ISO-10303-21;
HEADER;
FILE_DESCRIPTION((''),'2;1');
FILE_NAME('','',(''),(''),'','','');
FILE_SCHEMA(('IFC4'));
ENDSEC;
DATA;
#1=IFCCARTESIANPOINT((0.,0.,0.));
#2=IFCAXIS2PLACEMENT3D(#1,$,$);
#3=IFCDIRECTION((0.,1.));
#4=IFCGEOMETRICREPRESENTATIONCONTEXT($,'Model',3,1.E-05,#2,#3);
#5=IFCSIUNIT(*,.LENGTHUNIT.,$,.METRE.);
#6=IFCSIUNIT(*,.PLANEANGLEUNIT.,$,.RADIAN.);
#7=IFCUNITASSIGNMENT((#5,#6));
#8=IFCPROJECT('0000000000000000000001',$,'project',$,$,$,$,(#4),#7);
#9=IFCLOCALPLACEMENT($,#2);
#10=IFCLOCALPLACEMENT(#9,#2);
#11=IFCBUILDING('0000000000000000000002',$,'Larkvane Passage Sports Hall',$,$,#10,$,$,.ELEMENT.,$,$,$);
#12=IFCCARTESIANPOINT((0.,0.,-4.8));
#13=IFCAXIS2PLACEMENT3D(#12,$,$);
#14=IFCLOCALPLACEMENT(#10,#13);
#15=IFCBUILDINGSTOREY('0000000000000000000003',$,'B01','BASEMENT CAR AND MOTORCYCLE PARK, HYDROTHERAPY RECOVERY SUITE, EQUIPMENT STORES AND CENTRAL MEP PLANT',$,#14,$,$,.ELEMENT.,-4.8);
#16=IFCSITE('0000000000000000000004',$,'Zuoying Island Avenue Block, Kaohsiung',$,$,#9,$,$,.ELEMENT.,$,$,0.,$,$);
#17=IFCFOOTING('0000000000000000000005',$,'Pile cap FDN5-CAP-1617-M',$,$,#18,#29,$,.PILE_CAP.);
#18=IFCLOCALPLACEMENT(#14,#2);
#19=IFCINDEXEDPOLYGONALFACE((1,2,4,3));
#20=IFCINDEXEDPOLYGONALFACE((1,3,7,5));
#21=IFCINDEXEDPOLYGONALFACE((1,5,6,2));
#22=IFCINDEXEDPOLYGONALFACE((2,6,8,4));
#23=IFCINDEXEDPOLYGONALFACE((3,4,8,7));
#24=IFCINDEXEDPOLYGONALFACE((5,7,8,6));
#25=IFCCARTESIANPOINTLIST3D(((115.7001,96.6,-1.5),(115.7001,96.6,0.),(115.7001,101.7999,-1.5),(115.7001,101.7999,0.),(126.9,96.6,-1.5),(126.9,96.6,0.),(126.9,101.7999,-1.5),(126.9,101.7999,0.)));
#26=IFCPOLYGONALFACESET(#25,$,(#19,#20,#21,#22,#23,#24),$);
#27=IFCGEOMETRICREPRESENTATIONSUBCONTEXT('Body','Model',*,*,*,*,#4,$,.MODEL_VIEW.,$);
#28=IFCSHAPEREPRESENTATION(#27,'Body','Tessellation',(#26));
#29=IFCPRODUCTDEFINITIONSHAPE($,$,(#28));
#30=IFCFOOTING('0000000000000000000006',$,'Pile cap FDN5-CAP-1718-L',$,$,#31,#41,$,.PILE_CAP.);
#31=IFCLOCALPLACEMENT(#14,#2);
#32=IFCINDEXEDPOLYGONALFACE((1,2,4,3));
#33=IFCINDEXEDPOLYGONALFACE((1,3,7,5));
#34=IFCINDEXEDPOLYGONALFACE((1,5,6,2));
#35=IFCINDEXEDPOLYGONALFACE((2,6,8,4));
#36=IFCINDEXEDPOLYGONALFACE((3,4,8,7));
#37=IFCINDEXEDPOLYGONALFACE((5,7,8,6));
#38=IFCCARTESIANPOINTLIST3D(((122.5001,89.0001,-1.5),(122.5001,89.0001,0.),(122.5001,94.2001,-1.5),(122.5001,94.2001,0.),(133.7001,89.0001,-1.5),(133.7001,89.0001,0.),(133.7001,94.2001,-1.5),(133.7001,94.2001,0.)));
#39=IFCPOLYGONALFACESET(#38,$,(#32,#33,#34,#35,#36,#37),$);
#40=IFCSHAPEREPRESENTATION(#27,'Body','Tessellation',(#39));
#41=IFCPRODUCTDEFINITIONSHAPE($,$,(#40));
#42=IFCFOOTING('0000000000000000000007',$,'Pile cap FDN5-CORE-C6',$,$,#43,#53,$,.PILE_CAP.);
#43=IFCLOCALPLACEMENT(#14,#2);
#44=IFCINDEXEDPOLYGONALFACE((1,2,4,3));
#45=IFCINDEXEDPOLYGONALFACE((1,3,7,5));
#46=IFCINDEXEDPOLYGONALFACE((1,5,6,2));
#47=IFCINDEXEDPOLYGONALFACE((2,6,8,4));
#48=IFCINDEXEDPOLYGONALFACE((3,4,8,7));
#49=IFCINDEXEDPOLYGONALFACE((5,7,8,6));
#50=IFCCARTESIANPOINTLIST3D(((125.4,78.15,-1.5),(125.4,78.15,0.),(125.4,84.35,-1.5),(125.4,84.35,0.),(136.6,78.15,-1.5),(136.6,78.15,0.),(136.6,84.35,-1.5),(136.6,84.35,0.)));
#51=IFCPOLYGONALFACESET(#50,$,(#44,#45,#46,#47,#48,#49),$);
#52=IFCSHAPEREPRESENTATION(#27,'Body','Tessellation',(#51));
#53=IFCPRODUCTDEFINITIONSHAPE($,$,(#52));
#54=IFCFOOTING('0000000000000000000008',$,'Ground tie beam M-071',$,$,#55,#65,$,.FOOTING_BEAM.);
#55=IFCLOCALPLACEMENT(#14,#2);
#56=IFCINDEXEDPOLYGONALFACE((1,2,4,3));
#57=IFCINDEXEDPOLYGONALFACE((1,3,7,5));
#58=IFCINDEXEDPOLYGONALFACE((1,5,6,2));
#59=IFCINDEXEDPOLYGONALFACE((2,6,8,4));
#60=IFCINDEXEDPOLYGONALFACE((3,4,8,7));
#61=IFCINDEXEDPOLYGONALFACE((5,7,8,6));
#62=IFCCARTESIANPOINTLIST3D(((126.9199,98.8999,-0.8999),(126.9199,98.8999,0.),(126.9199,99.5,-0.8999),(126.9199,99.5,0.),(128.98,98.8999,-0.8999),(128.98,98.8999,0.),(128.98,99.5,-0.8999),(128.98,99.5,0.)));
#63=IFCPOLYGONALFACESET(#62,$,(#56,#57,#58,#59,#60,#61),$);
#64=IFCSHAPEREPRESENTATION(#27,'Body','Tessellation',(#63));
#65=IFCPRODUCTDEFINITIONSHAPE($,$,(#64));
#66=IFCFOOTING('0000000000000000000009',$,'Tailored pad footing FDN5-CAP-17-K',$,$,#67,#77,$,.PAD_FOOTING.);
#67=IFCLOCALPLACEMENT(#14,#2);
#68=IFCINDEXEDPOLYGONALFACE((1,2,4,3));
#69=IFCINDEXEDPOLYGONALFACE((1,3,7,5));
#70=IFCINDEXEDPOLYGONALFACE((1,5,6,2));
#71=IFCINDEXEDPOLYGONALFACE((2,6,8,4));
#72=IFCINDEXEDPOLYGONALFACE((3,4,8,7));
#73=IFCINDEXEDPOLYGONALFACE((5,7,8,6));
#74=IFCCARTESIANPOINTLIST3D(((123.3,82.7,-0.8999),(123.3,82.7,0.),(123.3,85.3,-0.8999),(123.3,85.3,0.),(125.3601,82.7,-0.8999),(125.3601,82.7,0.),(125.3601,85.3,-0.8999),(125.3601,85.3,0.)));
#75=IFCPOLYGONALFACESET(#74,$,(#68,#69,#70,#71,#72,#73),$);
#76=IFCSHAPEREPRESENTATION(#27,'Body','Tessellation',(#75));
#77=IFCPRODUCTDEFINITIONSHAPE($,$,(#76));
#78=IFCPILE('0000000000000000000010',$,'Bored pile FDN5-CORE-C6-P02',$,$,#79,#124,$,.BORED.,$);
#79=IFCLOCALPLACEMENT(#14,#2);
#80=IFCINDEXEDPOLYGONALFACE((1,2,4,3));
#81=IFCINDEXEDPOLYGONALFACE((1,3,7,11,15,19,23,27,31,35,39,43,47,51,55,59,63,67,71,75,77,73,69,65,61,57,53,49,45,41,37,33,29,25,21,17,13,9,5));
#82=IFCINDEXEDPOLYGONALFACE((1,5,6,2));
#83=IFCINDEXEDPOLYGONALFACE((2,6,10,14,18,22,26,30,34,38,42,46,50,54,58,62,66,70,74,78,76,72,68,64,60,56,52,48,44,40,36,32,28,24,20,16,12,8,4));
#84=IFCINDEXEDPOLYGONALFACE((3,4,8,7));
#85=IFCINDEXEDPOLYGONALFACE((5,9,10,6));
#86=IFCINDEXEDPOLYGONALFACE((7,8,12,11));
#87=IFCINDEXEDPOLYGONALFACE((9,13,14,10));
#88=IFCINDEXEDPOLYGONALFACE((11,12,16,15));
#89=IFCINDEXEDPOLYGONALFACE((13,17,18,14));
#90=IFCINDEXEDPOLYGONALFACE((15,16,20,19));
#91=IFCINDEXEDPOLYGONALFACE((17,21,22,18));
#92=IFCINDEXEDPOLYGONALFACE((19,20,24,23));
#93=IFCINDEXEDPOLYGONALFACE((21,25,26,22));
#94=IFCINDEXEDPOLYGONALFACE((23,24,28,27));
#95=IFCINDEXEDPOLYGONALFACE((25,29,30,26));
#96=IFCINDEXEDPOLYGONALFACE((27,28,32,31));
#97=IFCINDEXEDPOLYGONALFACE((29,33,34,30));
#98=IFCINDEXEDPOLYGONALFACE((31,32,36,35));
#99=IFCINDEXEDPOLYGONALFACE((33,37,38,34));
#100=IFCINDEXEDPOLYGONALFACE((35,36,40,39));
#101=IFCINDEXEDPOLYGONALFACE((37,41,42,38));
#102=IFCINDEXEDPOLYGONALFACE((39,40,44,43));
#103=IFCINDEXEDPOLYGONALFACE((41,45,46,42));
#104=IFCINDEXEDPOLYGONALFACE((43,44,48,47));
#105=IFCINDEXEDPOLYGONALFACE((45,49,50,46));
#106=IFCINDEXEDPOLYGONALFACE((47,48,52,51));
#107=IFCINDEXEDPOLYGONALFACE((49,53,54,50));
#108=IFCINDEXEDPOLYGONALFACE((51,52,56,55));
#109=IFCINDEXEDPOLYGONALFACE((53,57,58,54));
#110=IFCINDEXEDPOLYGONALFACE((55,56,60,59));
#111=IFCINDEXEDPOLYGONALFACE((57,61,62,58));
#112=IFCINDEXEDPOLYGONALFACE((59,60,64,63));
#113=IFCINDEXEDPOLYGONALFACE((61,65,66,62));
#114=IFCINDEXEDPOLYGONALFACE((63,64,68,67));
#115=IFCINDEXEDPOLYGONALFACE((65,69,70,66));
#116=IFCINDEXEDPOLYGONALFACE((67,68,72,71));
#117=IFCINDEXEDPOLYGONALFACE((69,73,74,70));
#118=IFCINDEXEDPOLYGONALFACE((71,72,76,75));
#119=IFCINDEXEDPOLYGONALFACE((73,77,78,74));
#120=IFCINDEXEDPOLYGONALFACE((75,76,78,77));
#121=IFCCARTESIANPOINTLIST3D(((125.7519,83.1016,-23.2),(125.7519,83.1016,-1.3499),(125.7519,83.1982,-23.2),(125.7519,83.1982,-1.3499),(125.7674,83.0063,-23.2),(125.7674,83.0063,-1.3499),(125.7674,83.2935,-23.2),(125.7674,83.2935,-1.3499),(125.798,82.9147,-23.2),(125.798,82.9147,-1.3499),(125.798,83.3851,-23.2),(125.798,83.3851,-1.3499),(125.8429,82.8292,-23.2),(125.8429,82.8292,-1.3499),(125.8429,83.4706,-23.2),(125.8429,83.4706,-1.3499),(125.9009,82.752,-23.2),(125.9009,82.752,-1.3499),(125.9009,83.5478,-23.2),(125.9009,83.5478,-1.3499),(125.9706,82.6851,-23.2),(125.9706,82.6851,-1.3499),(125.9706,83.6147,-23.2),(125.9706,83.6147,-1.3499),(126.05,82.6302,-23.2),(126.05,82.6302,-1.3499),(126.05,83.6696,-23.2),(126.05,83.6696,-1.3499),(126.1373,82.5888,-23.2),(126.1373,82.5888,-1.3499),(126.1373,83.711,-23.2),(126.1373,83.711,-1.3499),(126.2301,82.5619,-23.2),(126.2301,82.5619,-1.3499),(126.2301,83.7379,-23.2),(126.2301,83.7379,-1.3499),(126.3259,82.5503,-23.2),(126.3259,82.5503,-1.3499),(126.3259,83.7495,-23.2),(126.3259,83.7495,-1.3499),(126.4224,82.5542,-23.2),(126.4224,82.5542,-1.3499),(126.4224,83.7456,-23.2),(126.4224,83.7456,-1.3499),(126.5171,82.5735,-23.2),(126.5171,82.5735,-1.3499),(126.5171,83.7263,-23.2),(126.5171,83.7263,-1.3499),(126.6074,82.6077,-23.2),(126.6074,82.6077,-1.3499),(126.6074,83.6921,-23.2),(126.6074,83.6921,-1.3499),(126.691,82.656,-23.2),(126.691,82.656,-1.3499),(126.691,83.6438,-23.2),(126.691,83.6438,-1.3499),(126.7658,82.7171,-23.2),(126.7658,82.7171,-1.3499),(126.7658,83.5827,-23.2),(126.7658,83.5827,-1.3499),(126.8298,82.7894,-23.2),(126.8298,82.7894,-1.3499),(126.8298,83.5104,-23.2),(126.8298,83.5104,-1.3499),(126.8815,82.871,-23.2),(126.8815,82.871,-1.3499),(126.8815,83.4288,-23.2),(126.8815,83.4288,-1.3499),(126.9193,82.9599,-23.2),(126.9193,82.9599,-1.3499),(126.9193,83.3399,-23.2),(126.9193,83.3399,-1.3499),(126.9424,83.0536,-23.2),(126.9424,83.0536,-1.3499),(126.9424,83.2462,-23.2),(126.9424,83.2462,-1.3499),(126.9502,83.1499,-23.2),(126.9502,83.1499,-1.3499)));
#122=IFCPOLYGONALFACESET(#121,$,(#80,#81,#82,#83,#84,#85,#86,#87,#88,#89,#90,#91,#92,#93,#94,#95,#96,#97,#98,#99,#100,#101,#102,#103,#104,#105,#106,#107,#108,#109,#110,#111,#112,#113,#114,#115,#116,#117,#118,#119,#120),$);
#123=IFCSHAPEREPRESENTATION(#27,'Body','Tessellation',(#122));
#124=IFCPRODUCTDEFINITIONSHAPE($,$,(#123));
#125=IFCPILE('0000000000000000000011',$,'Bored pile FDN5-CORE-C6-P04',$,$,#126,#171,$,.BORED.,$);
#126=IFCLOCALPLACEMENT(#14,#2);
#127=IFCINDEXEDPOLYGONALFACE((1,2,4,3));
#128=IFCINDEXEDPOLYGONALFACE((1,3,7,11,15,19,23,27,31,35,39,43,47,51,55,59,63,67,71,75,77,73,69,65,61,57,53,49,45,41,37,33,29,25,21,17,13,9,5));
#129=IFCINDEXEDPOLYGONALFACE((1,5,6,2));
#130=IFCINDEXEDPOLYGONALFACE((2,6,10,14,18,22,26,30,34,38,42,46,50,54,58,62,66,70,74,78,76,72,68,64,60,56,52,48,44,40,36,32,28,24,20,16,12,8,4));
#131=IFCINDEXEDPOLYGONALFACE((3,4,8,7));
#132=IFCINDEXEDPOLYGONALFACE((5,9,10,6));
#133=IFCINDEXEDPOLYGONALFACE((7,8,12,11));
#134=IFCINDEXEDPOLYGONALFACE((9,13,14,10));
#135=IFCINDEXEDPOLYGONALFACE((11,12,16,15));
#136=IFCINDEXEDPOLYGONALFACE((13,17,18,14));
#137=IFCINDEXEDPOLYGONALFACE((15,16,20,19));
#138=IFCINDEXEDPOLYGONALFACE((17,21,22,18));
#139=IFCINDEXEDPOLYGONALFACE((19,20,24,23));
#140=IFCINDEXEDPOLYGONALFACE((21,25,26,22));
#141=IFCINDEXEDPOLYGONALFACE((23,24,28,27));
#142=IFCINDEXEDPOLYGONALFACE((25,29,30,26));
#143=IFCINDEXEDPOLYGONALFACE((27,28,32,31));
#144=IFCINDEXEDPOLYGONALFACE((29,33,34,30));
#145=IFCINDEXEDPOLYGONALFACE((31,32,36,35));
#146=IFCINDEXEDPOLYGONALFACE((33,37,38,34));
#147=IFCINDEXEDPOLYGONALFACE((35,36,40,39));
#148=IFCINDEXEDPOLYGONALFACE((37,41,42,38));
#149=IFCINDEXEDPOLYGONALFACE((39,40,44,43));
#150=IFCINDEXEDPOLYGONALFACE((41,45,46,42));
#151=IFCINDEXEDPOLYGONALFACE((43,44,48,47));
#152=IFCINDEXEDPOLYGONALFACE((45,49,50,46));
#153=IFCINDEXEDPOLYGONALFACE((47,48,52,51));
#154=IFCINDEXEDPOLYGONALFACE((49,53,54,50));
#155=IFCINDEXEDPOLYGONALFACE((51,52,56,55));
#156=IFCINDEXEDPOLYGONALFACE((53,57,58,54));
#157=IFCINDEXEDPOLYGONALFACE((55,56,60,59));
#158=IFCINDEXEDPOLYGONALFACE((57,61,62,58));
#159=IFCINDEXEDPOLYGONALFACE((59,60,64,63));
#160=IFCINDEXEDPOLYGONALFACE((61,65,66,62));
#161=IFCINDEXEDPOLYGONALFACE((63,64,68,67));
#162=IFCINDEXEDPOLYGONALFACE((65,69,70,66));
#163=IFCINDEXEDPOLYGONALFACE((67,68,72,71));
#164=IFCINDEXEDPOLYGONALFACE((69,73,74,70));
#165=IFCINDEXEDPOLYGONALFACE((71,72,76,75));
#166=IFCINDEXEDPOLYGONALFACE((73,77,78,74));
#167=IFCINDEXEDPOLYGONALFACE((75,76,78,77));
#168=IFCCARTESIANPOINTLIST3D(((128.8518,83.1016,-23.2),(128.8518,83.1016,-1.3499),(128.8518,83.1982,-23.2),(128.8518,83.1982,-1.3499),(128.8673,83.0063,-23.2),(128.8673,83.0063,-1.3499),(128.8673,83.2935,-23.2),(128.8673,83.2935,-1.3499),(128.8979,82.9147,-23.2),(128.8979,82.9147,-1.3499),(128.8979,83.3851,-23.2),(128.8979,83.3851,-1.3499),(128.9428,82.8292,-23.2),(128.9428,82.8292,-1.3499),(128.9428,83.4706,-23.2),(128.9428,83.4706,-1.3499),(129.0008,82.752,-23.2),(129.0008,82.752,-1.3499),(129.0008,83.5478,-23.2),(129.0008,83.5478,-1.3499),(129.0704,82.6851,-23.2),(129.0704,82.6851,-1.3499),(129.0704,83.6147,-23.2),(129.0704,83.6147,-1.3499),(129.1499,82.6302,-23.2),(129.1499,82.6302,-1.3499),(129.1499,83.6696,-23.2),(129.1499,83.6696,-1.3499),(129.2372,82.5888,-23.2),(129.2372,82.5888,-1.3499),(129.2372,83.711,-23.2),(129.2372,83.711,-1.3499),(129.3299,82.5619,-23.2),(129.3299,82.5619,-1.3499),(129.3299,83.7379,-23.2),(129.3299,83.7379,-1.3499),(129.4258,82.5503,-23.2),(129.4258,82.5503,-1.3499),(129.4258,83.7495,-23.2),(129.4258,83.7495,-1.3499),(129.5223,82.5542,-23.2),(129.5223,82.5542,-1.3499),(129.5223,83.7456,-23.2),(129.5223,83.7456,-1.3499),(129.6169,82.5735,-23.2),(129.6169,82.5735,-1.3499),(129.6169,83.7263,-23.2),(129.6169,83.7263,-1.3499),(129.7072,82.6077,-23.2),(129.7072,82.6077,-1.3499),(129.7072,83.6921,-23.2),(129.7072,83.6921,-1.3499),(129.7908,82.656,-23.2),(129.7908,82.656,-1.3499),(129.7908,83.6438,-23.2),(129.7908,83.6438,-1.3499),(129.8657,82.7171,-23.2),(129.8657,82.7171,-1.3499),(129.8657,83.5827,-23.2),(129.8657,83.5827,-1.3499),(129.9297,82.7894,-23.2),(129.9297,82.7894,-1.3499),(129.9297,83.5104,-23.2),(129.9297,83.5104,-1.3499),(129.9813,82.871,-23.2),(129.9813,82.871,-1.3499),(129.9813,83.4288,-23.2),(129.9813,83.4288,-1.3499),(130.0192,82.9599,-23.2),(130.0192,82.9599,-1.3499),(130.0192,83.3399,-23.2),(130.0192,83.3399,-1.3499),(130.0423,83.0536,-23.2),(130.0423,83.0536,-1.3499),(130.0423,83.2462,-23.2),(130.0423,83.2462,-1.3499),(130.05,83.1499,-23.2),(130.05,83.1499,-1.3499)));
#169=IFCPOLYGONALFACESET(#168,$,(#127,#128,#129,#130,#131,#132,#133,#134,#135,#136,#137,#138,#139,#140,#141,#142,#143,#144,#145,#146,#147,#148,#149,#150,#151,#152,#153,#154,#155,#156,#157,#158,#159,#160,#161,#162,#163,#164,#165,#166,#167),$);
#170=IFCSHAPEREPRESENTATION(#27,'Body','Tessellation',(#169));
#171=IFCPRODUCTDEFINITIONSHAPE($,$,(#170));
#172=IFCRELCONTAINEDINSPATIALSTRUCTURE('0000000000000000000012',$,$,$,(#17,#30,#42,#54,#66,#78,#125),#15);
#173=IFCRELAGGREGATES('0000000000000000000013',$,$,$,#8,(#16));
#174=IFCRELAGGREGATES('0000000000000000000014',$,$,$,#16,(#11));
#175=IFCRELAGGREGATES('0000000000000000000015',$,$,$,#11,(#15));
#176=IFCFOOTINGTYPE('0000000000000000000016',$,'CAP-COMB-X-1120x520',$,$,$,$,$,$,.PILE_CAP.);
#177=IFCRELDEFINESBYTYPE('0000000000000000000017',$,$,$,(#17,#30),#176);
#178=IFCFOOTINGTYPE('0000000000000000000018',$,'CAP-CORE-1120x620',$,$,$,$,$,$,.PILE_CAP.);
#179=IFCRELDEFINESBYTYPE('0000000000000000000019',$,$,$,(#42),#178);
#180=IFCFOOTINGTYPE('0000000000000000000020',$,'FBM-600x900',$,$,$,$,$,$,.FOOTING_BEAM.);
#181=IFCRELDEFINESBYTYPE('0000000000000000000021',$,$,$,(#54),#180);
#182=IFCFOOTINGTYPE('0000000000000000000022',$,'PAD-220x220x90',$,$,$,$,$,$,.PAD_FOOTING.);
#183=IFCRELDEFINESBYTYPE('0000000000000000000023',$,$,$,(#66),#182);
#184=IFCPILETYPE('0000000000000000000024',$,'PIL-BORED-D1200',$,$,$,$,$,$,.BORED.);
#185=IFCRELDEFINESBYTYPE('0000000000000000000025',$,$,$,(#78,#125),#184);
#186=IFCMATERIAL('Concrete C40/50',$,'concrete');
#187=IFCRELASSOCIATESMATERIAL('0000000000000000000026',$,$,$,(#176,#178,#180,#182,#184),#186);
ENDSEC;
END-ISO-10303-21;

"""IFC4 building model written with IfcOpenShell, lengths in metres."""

from ifc_helpers import new_model, si_unit, direction, frame, origin, origin_2d, place, context, subcontext, project, spatial, rectangle, circle, extrude, material, material_profile, profile_set, type_object, element, save


model = new_model("IFC4")

# Units and contexts
model_context = context("Model", 3, precision=1e-05, world=origin(), true_north=direction((0.0, 1.0)))
body_context = subcontext(model_context, "Body", "Model", "MODEL_VIEW")
ifc_project = project(units=[si_unit("LENGTHUNIT", "METRE"), si_unit("PLANEANGLEUNIT", "RADIAN")], contexts=[model_context])

# Site, building, storey
site_placement = place(None, origin())
site = spatial("IfcSite", under=ifc_project, at=site_placement, Name="Zuoying Island Avenue Block, Kaohsiung", CompositionType="ELEMENT", RefElevation=0.0)
building_placement = place(site_placement, origin())
building = spatial("IfcBuilding", under=site, at=building_placement, Name="Larkvane Passage Sports Hall", CompositionType="ELEMENT")
storey_placement = place(building_placement, frame((0.0, 0.0, -4.8)))
storey = spatial("IfcBuildingStorey", under=building, at=storey_placement, Name="B01", Description="BASEMENT CAR AND MOTORCYCLE PARK, HYDROTHERAPY RECOVERY SUITE, EQUIPMENT STORES AND CENTRAL MEP PLANT", CompositionType="ELEMENT", Elevation=-4.8)

# Footings
ifc_material_1 = material(Name="Concrete C40/50", Category="concrete")
footing_type_1 = type_object("IfcFootingType", Name="CAP-COMB-X-1120x520", PredefinedType="PILE_CAP", material=ifc_material_1)
for number, where, z_axis, x_axis, name in (
    (1, (121.3, 99.2, -1.5), (0.0, 0.0, 1.0), (1.0, 0.0, 0.0), "Pile cap FDN5-CAP-1617-M"),
    (2, (128.1001, 91.6001, -1.5), (0.0, 0.0, 1.0), (1.0, 0.0, 0.0), "Pile cap FDN5-CAP-1718-L"),
):
    element("IfcFooting", number, at=place(storey_placement, frame(where, z_axis=z_axis, x_axis=x_axis)), inside=storey, type_object=footing_type_1, Name=name, PredefinedType="PILE_CAP", context=body_context, shape_type="SweptSolid", body=[
        extrude(rectangle(XDim=11.2, YDim=5.2, at=origin_2d()), origin(), (0.0, 0.0, 1.0), 1.5),
    ])
footing_type_2 = type_object("IfcFootingType", Name="CAP-CORE-1120x620", PredefinedType="PILE_CAP", material=ifc_material_1)
footing_1_placement = place(storey_placement, frame((131.0, 81.25, -1.5), z_axis=(0.0, 0.0, 1.0), x_axis=(1.0, 0.0, 0.0)))
element("IfcFooting", 3, at=footing_1_placement, inside=storey, type_object=footing_type_2, Name="Pile cap FDN5-CORE-C6", PredefinedType="PILE_CAP", context=body_context, shape_type="SweptSolid", body=[
    extrude(rectangle(XDim=11.2, YDim=6.2, at=origin_2d()), origin(), (0.0, 0.0, 1.0), 1.5),
])
footing_type_3 = type_object("IfcFootingType", Name="FBM-600x900", PredefinedType="FOOTING_BEAM", material=ifc_material_1)
footing_2_placement = place(storey_placement, frame((127.95, 99.2, -0.8999), z_axis=(0.0, 0.0, 1.0), x_axis=(1.0, 0.0, 0.0)))
element("IfcFooting", 4, at=footing_2_placement, inside=storey, type_object=footing_type_3, Name="Ground tie beam M-071", PredefinedType="FOOTING_BEAM", context=body_context, shape_type="SweptSolid", body=[
    extrude(rectangle(XDim=2.0601, YDim=0.6001, at=origin_2d()), origin(), (0.0, 0.0, 1.0), 0.8999),
])
footing_type_4 = type_object("IfcFootingType", Name="PAD-220x220x90", PredefinedType="PAD_FOOTING", material=ifc_material_1)
footing_3_placement = place(storey_placement, frame((124.3301, 84.0, -0.8999), z_axis=(0.0, 0.0, 1.0), x_axis=(1.0, 0.0, 0.0)))
element("IfcFooting", 5, at=footing_3_placement, inside=storey, type_object=footing_type_4, Name="Tailored pad footing FDN5-CAP-17-K", PredefinedType="PAD_FOOTING", context=body_context, shape_type="SweptSolid", body=[
    extrude(rectangle(XDim=2.0601, YDim=2.6001, at=origin_2d()), origin(), (0.0, 0.0, 1.0), 0.8999),
])

# Piles
ifc_material_profile_1 = material_profile(ifc_material_1, circle(Radius=0.6001, at=origin_2d()), Name="PILE-D1200")
ifc_profile_set_1 = profile_set([ifc_material_profile_1], Name="Concrete C40/50")
pile_type = type_object("IfcPileType", Name="PIL-BORED-D1200", PredefinedType="BORED", material=ifc_profile_set_1)
for number, where, z_axis, x_axis, name in (
    (6, (126.3501, 83.1499, -1.3499), (0.0, 0.0, -1.0), (1.0, 0.0, 0.0), "Bored pile FDN5-CORE-C6-P02"),
    (7, (129.45, 83.1499, -1.3499), (0.0, 0.0, -1.0), (1.0, 0.0, 0.0), "Bored pile FDN5-CORE-C6-P04"),
):
    element("IfcPile", number, at=place(storey_placement, frame(where, z_axis=z_axis, x_axis=x_axis)), inside=storey, type_object=pile_type, Name=name, PredefinedType="BORED", context=body_context, shape_type="SweptSolid", body=[
        extrude(circle(Radius=0.6001, at=origin_2d()), origin(), (0.0, 0.0, 1.0), 21.8501),
    ])

save(model, "model.ifc")
